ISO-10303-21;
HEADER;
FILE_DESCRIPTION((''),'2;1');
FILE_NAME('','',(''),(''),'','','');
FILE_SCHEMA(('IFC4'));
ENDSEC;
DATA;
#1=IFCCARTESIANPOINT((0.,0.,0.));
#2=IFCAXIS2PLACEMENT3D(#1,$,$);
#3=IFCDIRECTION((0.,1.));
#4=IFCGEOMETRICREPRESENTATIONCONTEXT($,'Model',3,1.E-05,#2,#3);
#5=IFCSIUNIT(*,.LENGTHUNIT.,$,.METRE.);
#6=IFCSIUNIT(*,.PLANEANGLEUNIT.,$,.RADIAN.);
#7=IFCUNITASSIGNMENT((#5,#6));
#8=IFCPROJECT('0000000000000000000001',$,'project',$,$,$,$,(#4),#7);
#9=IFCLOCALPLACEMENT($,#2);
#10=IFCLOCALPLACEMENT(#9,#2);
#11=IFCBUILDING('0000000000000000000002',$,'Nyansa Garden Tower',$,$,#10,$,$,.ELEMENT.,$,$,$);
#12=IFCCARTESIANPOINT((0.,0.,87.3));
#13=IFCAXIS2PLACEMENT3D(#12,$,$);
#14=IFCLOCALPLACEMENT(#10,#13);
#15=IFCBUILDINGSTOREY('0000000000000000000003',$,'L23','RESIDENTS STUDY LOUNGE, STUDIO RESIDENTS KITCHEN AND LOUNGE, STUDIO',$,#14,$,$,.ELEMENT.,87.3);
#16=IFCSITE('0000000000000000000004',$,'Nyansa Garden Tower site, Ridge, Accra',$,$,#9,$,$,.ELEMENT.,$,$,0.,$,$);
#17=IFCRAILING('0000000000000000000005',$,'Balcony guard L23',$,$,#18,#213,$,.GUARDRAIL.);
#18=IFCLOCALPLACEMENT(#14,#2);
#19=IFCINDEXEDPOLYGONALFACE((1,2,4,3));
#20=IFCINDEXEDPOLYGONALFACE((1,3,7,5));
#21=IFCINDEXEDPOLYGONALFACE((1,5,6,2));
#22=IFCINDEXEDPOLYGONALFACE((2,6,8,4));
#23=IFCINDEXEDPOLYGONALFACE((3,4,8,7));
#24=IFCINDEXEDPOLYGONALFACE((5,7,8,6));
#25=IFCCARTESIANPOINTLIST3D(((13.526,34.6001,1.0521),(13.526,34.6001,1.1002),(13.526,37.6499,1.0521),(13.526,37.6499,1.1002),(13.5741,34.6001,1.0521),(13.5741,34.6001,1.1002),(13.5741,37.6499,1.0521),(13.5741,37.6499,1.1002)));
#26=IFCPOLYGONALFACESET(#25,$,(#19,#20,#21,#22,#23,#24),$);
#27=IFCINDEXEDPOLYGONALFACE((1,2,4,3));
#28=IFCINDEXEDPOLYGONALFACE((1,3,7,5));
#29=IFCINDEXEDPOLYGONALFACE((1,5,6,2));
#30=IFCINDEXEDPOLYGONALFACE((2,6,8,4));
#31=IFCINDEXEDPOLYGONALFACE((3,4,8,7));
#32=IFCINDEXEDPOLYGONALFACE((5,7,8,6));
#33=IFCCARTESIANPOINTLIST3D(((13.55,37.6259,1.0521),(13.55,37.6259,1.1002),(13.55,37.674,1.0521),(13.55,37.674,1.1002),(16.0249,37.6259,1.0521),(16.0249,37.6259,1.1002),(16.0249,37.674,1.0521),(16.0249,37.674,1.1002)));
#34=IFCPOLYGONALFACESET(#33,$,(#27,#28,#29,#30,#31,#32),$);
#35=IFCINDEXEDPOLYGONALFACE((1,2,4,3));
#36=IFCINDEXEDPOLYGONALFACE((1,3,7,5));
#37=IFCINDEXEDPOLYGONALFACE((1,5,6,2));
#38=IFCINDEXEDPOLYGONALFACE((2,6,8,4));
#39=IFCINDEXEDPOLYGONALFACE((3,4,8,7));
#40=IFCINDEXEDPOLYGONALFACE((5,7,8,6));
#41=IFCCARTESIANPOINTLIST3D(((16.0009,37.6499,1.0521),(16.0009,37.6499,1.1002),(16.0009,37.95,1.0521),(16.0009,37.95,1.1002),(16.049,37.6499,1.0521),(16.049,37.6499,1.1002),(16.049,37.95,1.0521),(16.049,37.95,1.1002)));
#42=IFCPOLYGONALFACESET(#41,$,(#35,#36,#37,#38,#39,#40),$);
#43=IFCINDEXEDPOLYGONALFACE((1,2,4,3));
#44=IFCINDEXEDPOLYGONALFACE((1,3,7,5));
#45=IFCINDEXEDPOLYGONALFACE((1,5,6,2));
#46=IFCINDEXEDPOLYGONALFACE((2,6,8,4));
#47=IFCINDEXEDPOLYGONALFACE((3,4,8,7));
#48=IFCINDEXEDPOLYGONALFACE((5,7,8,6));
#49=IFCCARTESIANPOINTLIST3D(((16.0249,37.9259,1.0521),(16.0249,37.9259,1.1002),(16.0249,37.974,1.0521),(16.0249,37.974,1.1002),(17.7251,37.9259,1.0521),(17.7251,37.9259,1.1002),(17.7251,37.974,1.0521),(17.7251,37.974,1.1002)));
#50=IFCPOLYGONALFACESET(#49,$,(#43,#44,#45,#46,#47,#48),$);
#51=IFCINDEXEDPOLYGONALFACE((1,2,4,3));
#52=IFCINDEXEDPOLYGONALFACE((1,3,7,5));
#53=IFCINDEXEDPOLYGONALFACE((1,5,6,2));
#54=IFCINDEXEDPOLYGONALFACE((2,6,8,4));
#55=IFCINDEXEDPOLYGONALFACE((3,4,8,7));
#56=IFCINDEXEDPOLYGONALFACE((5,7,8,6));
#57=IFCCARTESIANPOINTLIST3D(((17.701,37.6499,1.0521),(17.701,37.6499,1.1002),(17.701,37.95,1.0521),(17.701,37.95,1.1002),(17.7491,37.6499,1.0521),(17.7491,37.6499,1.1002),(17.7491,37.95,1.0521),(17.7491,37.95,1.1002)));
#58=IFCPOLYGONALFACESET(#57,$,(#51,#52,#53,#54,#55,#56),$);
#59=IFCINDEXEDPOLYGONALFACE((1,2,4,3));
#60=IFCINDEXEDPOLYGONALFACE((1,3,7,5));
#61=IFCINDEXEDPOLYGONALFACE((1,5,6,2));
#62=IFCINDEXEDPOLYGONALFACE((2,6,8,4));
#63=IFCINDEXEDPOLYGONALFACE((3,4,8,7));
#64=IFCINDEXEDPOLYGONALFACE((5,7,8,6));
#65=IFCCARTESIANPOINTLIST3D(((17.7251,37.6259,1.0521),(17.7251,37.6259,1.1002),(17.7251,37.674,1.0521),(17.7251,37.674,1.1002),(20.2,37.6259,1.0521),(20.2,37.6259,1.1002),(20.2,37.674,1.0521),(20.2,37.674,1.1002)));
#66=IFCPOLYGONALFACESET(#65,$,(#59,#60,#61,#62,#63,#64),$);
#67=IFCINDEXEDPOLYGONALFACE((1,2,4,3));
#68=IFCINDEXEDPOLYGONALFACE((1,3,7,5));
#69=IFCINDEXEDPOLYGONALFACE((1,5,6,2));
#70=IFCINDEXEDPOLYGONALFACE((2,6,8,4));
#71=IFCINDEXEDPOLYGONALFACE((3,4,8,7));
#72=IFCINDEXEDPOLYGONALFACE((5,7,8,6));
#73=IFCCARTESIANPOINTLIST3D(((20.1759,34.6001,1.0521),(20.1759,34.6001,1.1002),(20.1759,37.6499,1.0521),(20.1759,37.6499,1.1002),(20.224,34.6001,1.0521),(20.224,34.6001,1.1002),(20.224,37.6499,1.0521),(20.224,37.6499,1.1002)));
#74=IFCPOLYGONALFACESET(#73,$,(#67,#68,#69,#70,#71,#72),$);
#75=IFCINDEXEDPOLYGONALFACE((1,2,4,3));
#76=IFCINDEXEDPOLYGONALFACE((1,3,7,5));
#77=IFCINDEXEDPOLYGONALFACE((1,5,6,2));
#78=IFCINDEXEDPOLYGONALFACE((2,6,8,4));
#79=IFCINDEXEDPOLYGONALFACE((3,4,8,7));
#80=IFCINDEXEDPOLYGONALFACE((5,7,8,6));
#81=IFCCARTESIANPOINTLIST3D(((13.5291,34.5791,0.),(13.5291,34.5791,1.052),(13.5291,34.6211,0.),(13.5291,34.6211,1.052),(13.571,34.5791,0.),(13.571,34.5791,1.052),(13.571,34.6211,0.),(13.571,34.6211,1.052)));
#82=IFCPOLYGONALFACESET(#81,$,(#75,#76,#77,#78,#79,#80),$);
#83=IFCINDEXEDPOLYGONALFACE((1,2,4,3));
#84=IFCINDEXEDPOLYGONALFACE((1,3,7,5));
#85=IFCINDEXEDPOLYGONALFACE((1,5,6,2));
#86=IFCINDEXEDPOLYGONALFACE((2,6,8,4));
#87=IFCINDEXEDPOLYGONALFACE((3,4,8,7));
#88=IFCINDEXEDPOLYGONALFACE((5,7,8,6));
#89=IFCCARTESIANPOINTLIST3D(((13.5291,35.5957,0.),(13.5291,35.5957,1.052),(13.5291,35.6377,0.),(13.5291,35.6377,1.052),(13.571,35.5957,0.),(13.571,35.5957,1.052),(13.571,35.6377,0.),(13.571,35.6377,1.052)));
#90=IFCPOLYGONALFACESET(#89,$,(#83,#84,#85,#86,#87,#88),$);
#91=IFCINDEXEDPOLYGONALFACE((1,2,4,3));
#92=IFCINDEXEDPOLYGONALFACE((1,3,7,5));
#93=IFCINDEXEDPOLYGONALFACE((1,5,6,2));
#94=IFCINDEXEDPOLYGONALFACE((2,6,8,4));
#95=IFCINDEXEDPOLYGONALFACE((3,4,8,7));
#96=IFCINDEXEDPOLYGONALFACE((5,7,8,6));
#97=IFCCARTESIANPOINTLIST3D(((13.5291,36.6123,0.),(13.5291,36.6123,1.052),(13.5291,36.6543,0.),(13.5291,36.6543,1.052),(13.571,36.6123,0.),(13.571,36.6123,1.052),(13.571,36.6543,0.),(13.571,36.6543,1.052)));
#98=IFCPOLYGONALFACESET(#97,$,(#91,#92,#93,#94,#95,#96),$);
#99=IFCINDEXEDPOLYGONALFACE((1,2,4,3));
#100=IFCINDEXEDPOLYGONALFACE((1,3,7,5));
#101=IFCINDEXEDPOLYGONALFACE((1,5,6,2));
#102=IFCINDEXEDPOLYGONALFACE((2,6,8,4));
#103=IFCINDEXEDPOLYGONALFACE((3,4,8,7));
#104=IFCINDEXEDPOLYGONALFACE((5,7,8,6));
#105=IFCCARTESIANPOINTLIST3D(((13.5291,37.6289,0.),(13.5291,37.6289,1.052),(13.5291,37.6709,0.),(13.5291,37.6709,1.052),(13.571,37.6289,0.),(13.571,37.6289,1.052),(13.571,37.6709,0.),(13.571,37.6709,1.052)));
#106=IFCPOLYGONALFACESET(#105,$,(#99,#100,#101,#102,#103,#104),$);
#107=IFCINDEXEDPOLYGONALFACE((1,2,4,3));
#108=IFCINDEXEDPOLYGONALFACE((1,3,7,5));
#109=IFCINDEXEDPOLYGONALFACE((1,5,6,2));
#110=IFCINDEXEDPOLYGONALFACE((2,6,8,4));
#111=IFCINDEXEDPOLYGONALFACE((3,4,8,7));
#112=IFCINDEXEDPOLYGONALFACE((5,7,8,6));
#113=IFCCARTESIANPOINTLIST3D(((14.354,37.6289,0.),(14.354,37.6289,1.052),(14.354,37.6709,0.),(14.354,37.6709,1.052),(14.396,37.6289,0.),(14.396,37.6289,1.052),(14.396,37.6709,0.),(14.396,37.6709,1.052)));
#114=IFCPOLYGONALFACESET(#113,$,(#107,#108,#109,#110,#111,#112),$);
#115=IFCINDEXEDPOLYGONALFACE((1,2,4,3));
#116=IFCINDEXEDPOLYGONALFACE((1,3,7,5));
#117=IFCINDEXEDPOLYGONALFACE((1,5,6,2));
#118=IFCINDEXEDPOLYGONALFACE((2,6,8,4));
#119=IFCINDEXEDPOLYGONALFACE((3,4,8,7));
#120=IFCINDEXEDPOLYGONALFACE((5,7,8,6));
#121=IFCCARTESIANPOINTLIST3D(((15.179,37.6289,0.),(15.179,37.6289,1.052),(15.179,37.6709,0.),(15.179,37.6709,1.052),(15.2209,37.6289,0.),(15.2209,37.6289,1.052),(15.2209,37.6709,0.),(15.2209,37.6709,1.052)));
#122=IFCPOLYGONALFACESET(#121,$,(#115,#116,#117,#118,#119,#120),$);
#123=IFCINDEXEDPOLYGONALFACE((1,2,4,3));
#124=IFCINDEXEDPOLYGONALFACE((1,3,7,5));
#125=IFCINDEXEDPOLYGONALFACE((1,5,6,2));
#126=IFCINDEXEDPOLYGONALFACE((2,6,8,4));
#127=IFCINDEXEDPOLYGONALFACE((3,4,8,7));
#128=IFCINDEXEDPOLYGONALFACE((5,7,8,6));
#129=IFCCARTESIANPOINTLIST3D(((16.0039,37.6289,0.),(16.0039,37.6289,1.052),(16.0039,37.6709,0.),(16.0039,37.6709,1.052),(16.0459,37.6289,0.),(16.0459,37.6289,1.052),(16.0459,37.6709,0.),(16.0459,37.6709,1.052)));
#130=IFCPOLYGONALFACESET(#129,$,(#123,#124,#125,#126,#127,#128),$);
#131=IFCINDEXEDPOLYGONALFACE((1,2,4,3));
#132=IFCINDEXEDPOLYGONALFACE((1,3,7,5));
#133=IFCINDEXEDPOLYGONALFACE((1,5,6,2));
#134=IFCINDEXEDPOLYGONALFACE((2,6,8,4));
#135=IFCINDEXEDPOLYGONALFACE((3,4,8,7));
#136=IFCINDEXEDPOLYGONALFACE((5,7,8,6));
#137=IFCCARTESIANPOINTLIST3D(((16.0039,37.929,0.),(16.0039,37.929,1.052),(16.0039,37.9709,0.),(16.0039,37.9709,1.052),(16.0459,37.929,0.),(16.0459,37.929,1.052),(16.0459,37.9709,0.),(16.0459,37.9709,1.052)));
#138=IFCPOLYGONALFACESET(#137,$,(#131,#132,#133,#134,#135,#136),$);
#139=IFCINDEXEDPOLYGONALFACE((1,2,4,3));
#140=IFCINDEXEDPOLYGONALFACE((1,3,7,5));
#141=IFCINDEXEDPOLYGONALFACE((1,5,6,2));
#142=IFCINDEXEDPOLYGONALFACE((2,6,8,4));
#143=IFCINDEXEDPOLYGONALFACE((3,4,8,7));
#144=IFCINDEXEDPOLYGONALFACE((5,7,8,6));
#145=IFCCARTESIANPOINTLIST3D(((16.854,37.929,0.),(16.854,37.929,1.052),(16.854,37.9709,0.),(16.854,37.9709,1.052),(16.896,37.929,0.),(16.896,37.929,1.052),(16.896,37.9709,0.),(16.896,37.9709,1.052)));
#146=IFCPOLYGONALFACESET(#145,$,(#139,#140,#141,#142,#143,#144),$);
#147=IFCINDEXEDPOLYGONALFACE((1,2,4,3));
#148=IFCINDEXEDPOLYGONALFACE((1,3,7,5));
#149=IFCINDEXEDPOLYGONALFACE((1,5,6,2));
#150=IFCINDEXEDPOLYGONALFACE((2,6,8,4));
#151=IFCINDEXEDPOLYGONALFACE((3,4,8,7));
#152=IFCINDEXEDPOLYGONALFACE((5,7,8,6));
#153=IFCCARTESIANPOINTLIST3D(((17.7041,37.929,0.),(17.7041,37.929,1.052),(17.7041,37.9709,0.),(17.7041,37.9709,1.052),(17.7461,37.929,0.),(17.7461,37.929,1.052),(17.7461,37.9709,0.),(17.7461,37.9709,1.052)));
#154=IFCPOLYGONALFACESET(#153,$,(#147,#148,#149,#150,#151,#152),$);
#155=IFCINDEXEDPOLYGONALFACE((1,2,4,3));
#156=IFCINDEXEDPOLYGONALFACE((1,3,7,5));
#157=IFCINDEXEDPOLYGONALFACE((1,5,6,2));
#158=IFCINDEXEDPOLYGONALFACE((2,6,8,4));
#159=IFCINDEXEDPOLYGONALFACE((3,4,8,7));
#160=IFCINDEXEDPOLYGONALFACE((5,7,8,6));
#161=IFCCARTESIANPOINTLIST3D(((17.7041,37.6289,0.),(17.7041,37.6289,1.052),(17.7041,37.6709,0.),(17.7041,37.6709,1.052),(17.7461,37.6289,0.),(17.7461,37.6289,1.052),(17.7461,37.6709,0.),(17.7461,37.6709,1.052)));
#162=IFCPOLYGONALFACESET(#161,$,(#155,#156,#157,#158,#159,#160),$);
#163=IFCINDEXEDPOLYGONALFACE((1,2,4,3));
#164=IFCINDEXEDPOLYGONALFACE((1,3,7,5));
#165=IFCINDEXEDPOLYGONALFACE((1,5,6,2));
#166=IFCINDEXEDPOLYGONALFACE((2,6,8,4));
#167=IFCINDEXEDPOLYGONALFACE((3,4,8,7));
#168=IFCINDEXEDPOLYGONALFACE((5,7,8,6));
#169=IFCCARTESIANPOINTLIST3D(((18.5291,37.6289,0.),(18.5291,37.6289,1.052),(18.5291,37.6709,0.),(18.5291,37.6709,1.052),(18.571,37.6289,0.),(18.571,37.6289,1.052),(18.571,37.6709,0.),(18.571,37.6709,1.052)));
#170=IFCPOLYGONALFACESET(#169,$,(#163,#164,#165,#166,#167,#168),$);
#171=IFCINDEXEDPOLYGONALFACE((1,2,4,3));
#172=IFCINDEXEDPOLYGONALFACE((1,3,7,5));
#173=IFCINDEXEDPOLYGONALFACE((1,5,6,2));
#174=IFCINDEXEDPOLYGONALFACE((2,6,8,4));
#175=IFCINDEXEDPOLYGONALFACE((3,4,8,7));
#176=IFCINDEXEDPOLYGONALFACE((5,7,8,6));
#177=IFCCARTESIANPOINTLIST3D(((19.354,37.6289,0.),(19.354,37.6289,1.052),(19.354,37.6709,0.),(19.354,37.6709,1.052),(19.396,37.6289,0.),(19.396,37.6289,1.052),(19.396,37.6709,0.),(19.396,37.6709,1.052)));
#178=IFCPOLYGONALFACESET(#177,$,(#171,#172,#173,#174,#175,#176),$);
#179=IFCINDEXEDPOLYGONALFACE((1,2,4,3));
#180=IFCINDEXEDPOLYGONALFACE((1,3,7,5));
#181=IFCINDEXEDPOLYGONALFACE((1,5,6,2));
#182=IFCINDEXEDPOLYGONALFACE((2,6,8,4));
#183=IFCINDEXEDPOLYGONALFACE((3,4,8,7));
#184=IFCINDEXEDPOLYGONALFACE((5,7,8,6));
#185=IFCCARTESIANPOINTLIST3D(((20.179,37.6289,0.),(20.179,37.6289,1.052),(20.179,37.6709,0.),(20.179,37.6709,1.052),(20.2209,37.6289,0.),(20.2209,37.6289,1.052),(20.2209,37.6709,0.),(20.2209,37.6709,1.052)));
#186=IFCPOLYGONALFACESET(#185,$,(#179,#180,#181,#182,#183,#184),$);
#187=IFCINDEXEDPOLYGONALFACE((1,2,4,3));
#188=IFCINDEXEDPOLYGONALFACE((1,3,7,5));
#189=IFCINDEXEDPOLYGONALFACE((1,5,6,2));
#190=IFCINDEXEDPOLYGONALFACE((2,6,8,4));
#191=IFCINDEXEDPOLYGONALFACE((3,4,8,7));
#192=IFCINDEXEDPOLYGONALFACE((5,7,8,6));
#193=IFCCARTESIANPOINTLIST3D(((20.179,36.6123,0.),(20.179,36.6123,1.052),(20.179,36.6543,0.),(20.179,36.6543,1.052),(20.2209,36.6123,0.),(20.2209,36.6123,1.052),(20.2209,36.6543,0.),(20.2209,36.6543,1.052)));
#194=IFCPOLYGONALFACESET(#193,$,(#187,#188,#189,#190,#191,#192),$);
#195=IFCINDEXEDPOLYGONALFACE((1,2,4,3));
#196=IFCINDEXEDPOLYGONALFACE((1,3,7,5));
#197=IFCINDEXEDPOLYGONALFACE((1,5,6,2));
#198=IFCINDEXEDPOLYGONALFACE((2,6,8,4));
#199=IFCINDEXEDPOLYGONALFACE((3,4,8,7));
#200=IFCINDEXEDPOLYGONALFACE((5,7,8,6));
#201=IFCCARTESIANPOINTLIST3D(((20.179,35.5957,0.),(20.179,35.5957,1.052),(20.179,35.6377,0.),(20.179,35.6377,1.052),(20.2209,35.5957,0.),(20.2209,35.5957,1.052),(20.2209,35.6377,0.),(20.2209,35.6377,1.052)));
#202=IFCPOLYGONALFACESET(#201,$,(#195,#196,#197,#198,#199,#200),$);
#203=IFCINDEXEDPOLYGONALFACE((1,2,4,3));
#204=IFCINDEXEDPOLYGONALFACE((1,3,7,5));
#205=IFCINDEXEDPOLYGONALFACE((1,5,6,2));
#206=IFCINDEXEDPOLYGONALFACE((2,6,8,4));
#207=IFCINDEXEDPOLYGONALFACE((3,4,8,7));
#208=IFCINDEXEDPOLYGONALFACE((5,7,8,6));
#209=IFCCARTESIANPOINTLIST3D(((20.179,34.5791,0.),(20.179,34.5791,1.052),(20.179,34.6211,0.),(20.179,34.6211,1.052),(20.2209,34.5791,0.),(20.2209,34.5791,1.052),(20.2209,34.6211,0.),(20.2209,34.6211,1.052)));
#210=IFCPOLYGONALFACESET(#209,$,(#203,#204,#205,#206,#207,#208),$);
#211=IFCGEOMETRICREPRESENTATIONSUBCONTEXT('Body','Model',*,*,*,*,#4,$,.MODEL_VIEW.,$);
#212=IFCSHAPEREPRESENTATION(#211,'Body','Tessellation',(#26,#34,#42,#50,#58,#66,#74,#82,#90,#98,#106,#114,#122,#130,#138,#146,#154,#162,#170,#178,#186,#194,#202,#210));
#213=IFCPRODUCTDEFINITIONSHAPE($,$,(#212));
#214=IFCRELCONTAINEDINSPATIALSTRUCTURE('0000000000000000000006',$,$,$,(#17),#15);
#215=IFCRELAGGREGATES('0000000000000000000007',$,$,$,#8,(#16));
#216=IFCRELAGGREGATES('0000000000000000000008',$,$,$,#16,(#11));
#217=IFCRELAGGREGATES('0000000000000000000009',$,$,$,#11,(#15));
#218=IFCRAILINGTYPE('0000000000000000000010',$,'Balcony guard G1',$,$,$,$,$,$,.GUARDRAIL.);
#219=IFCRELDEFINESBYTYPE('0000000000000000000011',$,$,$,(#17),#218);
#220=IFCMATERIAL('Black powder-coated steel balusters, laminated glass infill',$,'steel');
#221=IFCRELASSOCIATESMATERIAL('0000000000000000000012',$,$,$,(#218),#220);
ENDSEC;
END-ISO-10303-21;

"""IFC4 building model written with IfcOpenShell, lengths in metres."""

from ifc_helpers import new_model, si_unit, direction, frame, origin, origin_2d, place, context, subcontext, project, spatial, rectangle, extrude, material, type_object, element, save


model = new_model("IFC4")

# Units and contexts
model_context = context("Model", 3, precision=1e-05, world=origin(), true_north=direction((0.0, 1.0)))
body_context = subcontext(model_context, "Body", "Model", "MODEL_VIEW")
ifc_project = project(units=[si_unit("LENGTHUNIT", "METRE"), si_unit("PLANEANGLEUNIT", "RADIAN")], contexts=[model_context])

# Site, building, storey
site_placement = place(None, origin())
site = spatial("IfcSite", under=ifc_project, at=site_placement, Name="Nyansa Garden Tower site, Ridge, Accra", CompositionType="ELEMENT", RefElevation=0.0)
building_placement = place(site_placement, origin())
building = spatial("IfcBuilding", under=site, at=building_placement, Name="Nyansa Garden Tower", CompositionType="ELEMENT")
storey_placement = place(building_placement, frame((0.0, 0.0, 87.3)))
storey = spatial("IfcBuildingStorey", under=building, at=storey_placement, Name="L23", Description="RESIDENTS STUDY LOUNGE, STUDIO RESIDENTS KITCHEN AND LOUNGE, STUDIO", CompositionType="ELEMENT", Elevation=87.3)

# Railing
ifc_material_1 = material(Name="Black powder-coated steel balusters, laminated glass infill", Category="steel")
railing_type = type_object("IfcRailingType", Name="Balcony guard G1", PredefinedType="GUARDRAIL", material=ifc_material_1)
railing_placement = place(storey_placement, frame((13.55, 34.6001, 0.0)))
element("IfcRailing", 1, at=railing_placement, inside=storey, type_object=railing_type, Name="Balcony guard L23", PredefinedType="GUARDRAIL", context=body_context, shape_type="SweptSolid", body=[
    extrude(rectangle(XDim=0.0481, YDim=0.0481, at=origin_2d()), frame((0.0, 0.0, 1.0762), z_axis=(0.0, 1.0, 0.0), x_axis=(-1.0, 0.0, 0.0)), (0.0, 0.0, 1.0), 3.0498),
    extrude(rectangle(XDim=0.0481, YDim=0.0481, at=origin_2d()), frame((0.0, 3.0498, 1.0762), z_axis=(1.0, 0.0, 0.0), x_axis=(0.0, 1.0, 0.0)), (0.0, 0.0, 1.0), 2.4749),
    extrude(rectangle(XDim=0.0481, YDim=0.0481, at=origin_2d()), frame((2.4749, 3.0498, 1.0762), z_axis=(0.0, 1.0, 0.0), x_axis=(-1.0, 0.0, 0.0)), (0.0, 0.0, 1.0), 0.3),
    extrude(rectangle(XDim=0.0481, YDim=0.0481, at=origin_2d()), frame((2.4749, 3.3499, 1.0762), z_axis=(1.0, 0.0, 0.0), x_axis=(0.0, 1.0, 0.0)), (0.0, 0.0, 1.0), 1.7002),
    extrude(rectangle(XDim=0.0481, YDim=0.0481, at=origin_2d()), frame((4.175, 3.3499, 1.0762), z_axis=(0.0, -1.0, 0.0), x_axis=(1.0, 0.0, 0.0)), (0.0, 0.0, 1.0), 0.3),
    extrude(rectangle(XDim=0.0481, YDim=0.0481, at=origin_2d()), frame((4.175, 3.0498, 1.0762), z_axis=(1.0, 0.0, 0.0), x_axis=(0.0, 1.0, 0.0)), (0.0, 0.0, 1.0), 2.4749),
    extrude(rectangle(XDim=0.0481, YDim=0.0481, at=origin_2d()), frame((6.6499, 3.0498, 1.0762), z_axis=(0.0, -1.0, 0.0), x_axis=(1.0, 0.0, 0.0)), (0.0, 0.0, 1.0), 3.0498),
    extrude(rectangle(XDim=0.042, YDim=0.042, at=origin_2d()), origin(), (0.0, 0.0, 1.0), 1.052),
    extrude(rectangle(XDim=0.042, YDim=0.042, at=origin_2d()), frame((0.0, 1.0166, 0.0)), (0.0, 0.0, 1.0), 1.052),
    extrude(rectangle(XDim=0.042, YDim=0.042, at=origin_2d()), frame((0.0, 2.0332, 0.0)), (0.0, 0.0, 1.0), 1.052),
    extrude(rectangle(XDim=0.042, YDim=0.042, at=origin_2d()), frame((0.0, 3.0498, 0.0)), (0.0, 0.0, 1.0), 1.052),
    extrude(rectangle(XDim=0.042, YDim=0.042, at=origin_2d()), frame((0.825, 3.0498, 0.0)), (0.0, 0.0, 1.0), 1.052),
    extrude(rectangle(XDim=0.042, YDim=0.042, at=origin_2d()), frame((1.6499, 3.0498, 0.0)), (0.0, 0.0, 1.0), 1.052),
    extrude(rectangle(XDim=0.042, YDim=0.042, at=origin_2d()), frame((2.4749, 3.0498, 0.0)), (0.0, 0.0, 1.0), 1.052),
    extrude(rectangle(XDim=0.042, YDim=0.042, at=origin_2d()), frame((2.4749, 3.3499, 0.0)), (0.0, 0.0, 1.0), 1.052),
    extrude(rectangle(XDim=0.042, YDim=0.042, at=origin_2d()), frame((3.325, 3.3499, 0.0)), (0.0, 0.0, 1.0), 1.052),
    extrude(rectangle(XDim=0.042, YDim=0.042, at=origin_2d()), frame((4.175, 3.3499, 0.0)), (0.0, 0.0, 1.0), 1.052),
    extrude(rectangle(XDim=0.042, YDim=0.042, at=origin_2d()), frame((4.175, 3.0498, 0.0)), (0.0, 0.0, 1.0), 1.052),
    extrude(rectangle(XDim=0.042, YDim=0.042, at=origin_2d()), frame((5.0, 3.0498, 0.0)), (0.0, 0.0, 1.0), 1.052),
    extrude(rectangle(XDim=0.042, YDim=0.042, at=origin_2d()), frame((5.825, 3.0498, 0.0)), (0.0, 0.0, 1.0), 1.052),
    extrude(rectangle(XDim=0.042, YDim=0.042, at=origin_2d()), frame((6.6499, 3.0498, 0.0)), (0.0, 0.0, 1.0), 1.052),
    extrude(rectangle(XDim=0.042, YDim=0.042, at=origin_2d()), frame((6.6499, 2.0332, 0.0)), (0.0, 0.0, 1.0), 1.052),
    extrude(rectangle(XDim=0.042, YDim=0.042, at=origin_2d()), frame((6.6499, 1.0166, 0.0)), (0.0, 0.0, 1.0), 1.052),
    extrude(rectangle(XDim=0.042, YDim=0.042, at=origin_2d()), frame((6.6499, 0.0, 0.0)), (0.0, 0.0, 1.0), 1.052),
])

save(model, "model.ifc")
